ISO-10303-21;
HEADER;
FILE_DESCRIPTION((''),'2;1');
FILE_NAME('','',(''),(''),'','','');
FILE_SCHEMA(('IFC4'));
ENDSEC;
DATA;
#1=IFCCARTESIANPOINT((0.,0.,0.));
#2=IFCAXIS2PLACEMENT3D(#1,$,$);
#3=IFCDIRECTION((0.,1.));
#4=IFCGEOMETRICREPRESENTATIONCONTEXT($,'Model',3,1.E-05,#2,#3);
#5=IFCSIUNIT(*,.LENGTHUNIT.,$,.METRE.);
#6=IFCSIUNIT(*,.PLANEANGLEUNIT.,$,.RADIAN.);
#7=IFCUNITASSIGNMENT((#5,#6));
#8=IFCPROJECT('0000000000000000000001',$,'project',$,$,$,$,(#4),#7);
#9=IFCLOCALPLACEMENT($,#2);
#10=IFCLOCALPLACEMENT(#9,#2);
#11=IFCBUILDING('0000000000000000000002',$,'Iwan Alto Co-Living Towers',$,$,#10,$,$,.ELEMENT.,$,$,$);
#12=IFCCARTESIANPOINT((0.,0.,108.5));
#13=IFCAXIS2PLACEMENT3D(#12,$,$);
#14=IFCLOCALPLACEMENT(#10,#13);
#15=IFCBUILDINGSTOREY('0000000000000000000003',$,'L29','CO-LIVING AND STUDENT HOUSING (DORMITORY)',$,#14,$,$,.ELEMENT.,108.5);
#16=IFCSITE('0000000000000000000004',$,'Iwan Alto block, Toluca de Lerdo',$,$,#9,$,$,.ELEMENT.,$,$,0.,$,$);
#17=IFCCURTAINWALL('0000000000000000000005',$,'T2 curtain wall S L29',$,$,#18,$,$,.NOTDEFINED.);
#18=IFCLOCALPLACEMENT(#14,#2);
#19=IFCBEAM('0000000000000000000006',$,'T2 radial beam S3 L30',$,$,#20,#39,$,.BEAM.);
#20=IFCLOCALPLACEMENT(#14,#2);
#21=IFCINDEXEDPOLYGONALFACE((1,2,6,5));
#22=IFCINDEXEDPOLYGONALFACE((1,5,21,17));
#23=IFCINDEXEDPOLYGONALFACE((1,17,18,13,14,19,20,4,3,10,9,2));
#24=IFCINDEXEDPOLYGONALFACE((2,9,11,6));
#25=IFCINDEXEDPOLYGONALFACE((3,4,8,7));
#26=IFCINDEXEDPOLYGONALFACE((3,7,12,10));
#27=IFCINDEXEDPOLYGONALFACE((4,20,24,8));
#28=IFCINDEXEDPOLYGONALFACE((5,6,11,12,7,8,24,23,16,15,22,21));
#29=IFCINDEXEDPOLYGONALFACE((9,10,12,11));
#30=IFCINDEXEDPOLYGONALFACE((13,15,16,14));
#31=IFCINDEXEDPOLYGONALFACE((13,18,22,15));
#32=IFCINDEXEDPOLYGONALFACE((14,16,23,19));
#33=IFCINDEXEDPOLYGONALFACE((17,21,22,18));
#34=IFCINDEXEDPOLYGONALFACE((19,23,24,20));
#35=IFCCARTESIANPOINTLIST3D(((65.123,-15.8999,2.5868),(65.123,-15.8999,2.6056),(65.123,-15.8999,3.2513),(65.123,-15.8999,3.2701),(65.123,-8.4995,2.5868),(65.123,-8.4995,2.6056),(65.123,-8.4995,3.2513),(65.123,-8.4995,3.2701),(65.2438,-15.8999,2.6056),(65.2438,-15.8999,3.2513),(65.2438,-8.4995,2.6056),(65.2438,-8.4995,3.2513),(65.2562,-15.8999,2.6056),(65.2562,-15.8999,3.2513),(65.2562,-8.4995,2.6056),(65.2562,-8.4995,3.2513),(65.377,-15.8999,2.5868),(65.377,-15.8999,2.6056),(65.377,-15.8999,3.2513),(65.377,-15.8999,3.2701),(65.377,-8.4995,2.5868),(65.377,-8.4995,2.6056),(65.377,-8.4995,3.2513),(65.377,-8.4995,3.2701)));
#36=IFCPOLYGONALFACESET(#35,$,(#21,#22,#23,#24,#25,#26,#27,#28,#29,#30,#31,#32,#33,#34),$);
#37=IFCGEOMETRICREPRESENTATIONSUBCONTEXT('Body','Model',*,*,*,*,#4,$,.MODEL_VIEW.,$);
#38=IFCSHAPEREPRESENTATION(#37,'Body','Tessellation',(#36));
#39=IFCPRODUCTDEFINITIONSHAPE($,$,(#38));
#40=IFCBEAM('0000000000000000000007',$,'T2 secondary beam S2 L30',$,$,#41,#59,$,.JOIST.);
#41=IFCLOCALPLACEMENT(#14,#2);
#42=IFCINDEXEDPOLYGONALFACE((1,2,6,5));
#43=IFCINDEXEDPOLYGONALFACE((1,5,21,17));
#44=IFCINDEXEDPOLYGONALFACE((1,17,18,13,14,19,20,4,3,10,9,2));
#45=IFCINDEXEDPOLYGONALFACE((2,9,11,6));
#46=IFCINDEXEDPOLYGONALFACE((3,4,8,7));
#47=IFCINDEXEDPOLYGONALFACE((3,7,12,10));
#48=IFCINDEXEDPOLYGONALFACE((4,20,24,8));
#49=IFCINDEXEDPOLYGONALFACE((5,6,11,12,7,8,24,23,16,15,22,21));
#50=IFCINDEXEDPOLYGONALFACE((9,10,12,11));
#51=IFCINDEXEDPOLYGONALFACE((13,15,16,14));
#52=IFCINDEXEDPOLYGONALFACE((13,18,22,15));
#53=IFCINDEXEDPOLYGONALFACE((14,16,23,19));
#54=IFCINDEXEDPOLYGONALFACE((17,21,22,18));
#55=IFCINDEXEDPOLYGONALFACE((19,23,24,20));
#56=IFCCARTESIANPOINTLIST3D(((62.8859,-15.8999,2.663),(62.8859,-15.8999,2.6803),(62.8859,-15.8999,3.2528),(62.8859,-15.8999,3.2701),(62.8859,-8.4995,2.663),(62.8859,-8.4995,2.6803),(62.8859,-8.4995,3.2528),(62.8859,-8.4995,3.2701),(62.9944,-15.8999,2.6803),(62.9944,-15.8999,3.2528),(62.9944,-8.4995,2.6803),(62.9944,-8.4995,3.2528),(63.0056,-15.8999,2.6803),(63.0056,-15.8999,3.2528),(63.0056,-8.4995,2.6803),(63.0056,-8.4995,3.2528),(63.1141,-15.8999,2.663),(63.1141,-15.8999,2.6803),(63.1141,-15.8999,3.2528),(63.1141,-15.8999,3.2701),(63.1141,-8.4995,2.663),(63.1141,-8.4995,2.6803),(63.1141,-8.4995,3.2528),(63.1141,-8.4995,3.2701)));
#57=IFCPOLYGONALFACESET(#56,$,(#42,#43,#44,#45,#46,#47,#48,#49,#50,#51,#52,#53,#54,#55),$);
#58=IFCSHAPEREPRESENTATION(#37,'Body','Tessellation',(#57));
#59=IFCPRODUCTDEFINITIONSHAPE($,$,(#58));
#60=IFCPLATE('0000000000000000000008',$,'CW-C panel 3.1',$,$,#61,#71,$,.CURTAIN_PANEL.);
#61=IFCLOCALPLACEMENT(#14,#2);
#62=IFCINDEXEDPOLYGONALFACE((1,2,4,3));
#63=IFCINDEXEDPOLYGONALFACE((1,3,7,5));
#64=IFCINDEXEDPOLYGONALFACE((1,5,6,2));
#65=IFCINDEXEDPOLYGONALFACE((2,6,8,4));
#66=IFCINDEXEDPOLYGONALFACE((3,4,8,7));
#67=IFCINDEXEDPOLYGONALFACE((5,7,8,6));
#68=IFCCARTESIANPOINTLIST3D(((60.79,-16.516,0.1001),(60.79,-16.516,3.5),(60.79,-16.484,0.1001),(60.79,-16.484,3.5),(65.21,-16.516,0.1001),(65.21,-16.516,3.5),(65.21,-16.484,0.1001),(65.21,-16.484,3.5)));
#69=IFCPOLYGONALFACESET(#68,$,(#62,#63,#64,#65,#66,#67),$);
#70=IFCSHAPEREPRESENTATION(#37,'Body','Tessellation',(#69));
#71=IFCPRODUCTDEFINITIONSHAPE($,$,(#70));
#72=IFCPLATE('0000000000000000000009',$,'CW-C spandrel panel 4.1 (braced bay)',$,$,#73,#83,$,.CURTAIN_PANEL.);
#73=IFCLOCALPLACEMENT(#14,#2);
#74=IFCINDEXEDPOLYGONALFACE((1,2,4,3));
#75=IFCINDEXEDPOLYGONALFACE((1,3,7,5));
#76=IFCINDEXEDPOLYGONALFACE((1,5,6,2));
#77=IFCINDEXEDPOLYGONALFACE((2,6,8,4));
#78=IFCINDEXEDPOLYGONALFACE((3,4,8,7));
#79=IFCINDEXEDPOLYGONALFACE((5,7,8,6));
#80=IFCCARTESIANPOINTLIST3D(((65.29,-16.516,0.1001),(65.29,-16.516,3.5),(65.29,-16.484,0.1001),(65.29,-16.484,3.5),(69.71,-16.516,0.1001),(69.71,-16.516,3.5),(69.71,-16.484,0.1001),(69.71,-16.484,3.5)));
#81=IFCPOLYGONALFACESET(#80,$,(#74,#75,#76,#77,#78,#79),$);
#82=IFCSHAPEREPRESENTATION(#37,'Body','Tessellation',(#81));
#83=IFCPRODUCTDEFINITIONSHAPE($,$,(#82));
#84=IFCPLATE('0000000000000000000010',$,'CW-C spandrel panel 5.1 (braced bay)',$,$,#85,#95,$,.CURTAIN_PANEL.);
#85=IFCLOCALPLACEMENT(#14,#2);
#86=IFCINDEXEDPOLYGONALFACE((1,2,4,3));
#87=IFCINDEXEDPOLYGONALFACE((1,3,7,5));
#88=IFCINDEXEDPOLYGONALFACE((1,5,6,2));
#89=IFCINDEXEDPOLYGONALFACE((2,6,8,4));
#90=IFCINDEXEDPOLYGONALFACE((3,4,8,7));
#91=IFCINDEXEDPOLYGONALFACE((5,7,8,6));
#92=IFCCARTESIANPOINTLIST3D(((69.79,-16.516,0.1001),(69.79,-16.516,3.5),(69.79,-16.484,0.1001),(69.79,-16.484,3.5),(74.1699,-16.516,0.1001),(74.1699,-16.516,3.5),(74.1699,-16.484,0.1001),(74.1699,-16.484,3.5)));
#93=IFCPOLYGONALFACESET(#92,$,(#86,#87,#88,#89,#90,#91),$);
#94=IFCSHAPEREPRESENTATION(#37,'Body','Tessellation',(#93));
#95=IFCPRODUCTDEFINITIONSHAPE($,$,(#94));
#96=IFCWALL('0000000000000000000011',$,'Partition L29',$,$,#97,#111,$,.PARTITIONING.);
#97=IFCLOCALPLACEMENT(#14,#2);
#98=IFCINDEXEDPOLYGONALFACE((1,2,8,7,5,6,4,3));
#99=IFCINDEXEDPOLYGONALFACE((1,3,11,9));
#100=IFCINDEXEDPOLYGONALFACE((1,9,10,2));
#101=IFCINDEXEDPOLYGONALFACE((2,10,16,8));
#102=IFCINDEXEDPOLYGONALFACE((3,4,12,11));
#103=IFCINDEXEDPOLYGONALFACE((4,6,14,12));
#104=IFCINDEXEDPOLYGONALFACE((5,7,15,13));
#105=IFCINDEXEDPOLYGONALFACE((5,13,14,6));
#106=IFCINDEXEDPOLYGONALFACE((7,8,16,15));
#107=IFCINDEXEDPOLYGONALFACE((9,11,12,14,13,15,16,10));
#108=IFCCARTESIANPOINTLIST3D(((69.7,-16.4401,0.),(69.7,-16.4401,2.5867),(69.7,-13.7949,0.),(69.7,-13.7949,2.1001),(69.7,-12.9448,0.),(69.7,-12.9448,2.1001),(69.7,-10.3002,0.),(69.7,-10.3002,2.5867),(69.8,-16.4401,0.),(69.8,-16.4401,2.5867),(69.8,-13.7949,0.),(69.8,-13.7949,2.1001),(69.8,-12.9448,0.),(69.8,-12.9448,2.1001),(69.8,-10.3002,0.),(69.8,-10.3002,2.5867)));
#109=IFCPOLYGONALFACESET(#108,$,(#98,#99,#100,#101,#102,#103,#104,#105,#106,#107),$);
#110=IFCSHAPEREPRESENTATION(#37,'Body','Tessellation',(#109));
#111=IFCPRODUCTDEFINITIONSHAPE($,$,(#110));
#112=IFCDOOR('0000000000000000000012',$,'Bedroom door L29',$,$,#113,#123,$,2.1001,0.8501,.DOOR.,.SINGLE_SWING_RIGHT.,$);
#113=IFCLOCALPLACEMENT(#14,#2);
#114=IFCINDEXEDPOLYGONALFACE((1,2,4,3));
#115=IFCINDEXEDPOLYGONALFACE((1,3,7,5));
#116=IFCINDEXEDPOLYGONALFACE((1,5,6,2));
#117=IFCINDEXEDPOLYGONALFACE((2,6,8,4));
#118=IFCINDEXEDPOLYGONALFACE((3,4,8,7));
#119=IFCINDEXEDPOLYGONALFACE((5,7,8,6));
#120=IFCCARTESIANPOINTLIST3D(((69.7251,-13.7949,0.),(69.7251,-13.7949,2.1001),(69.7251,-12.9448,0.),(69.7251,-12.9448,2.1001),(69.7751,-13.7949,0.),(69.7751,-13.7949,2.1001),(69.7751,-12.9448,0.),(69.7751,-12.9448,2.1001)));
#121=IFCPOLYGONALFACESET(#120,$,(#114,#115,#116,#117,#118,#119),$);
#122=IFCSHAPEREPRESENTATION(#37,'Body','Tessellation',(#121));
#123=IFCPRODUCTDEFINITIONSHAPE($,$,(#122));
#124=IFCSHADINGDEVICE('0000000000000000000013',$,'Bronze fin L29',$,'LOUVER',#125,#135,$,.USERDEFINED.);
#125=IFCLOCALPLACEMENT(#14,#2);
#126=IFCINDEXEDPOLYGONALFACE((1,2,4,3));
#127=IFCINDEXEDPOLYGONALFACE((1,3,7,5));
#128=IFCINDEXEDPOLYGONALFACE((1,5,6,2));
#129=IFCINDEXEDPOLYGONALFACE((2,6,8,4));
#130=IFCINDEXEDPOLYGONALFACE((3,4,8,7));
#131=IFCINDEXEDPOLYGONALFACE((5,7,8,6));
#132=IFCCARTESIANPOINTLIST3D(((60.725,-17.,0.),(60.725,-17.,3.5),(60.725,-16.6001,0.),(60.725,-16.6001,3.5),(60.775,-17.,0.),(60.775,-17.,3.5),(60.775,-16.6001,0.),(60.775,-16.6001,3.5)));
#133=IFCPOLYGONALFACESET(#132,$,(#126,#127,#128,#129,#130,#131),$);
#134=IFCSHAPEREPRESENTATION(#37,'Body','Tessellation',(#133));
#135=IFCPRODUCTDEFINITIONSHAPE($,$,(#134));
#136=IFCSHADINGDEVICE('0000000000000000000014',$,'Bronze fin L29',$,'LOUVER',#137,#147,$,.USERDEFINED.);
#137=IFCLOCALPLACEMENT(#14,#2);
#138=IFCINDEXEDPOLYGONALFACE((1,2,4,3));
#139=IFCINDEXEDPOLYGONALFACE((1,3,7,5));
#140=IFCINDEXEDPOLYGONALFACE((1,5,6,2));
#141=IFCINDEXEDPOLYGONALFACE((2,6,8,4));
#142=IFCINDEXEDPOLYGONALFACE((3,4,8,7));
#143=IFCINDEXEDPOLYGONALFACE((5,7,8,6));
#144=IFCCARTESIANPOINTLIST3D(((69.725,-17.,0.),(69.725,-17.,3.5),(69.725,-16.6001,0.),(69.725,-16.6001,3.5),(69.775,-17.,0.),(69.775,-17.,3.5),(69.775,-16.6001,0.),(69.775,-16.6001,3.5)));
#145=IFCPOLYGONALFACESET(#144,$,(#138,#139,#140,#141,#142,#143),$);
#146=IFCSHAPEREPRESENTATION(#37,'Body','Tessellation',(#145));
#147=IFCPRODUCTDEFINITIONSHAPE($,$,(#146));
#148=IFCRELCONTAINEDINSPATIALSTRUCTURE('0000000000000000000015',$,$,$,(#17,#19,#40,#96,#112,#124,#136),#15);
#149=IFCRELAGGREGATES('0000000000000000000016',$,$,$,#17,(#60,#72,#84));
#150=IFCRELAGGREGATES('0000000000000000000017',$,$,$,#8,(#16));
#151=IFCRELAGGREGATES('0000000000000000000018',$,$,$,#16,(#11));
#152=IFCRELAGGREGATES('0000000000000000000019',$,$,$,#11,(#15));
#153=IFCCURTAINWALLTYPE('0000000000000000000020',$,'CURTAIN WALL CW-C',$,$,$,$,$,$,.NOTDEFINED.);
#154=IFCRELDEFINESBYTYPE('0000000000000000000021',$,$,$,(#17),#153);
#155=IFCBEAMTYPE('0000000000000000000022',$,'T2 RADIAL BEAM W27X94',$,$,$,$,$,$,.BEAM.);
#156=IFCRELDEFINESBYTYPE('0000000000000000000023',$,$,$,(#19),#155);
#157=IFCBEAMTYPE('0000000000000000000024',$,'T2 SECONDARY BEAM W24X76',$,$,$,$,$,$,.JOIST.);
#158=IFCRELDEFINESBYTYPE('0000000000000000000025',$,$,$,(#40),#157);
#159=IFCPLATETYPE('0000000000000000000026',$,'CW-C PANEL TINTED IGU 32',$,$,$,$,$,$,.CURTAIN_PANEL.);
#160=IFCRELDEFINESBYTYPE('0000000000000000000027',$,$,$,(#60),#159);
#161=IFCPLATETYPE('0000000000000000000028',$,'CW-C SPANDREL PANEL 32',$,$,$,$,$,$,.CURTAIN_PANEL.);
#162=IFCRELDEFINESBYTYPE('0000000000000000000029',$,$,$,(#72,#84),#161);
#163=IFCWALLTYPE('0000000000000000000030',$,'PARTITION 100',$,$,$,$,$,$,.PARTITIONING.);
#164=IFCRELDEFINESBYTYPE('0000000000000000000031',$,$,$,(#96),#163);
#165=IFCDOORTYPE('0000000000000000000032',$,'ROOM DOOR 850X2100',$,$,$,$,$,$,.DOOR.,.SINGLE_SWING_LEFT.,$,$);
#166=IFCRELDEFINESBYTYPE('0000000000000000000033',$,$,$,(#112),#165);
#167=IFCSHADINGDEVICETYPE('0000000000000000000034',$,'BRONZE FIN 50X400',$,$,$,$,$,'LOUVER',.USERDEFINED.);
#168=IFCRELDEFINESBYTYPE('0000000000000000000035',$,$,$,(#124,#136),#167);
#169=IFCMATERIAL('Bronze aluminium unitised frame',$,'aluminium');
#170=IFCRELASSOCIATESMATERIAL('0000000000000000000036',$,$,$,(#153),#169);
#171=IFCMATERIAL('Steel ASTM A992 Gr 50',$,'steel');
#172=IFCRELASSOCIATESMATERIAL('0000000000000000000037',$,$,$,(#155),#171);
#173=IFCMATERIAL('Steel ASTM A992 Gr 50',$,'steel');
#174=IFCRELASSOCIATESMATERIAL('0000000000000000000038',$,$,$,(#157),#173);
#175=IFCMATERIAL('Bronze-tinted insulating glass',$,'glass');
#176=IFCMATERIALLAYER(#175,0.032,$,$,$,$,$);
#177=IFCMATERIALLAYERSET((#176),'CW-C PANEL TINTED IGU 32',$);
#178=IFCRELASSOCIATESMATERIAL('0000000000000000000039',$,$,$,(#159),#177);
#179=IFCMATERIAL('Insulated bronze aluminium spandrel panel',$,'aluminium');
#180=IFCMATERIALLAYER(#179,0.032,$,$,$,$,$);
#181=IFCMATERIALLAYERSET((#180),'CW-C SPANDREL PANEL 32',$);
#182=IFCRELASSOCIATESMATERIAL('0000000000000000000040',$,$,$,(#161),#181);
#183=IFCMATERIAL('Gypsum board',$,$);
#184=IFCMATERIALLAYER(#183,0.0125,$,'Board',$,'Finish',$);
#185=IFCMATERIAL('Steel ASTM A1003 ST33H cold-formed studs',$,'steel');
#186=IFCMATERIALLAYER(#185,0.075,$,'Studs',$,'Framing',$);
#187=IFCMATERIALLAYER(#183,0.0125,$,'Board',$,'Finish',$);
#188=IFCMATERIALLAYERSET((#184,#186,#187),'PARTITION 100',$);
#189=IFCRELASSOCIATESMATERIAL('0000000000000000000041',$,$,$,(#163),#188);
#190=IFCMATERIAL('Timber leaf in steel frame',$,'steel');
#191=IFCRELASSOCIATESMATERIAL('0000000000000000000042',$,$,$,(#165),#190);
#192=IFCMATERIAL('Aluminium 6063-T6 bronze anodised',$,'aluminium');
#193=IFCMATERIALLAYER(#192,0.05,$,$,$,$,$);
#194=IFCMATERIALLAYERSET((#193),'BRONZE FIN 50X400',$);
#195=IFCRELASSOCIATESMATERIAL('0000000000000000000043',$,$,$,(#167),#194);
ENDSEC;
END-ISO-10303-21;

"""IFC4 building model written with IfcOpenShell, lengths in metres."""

from ifc_helpers import new_model, si_unit, direction, frame, frame_2d, origin, origin_2d, place, context, subcontext, project, spatial, rectangle, i_section, extrude, material, layer, layer_set, material_profile, profile_set, type_object, element, fill, aggregate, save


model = new_model("IFC4")

# Units and contexts
model_context = context("Model", 3, precision=1e-05, world=origin(), true_north=direction((0.0, 1.0)))
body_context = subcontext(model_context, "Body", "Model", "MODEL_VIEW")
ifc_project = project(units=[si_unit("LENGTHUNIT", "METRE"), si_unit("PLANEANGLEUNIT", "RADIAN")], contexts=[model_context])

# Site, building, storey
site_placement = place(None, origin())
site = spatial("IfcSite", under=ifc_project, at=site_placement, Name="Iwan Alto block, Toluca de Lerdo", CompositionType="ELEMENT", RefElevation=0.0)
building_placement = place(site_placement, origin())
building = spatial("IfcBuilding", under=site, at=building_placement, Name="Iwan Alto Co-Living Towers", CompositionType="ELEMENT")
storey_placement = place(building_placement, frame((0.0, 0.0, 108.5)))
storey = spatial("IfcBuildingStorey", under=building, at=storey_placement, Name="L29", Description="CO-LIVING AND STUDENT HOUSING (DORMITORY)", CompositionType="ELEMENT", Elevation=108.5)

# Curtain wall
ifc_material_1 = material(Name="Bronze aluminium unitised frame", Category="aluminium")
curtain_wall_type = type_object("IfcCurtainWallType", Name="CURTAIN WALL CW-C", PredefinedType="NOTDEFINED", material=ifc_material_1)
curtain_wall_placement = place(storey_placement, origin())
curtain_wall = element("IfcCurtainWall", 1, at=curtain_wall_placement, inside=storey, type_object=curtain_wall_type, Name="T2 curtain wall S L29", PredefinedType="NOTDEFINED")

# Beams
ifc_material_2 = material(Name="Steel ASTM A992 Gr 50", Category="steel")
ifc_material_profile_1 = material_profile(ifc_material_2, i_section(OverallWidth=0.2539, OverallDepth=0.6833, WebThickness=0.0125, FlangeThickness=0.0188, at=origin_2d()), Name="W27X94")
ifc_profile_set_1 = profile_set([ifc_material_profile_1], Name="Steel ASTM A992 Gr 50")
beam_type_1 = type_object("IfcBeamType", Name="T2 RADIAL BEAM W27X94", PredefinedType="BEAM", material=ifc_profile_set_1)
for number, where, z_axis, x_axis, name in (
    (2, (65.25, -15.8999, 2.9285), (0.0, 1.0, 0.0), (-1.0, 0.0, 0.0), "T2 radial beam S3 L30"),
):
    element("IfcBeam", number, at=place(storey_placement, frame(where, z_axis=z_axis, x_axis=x_axis)), inside=storey, type_object=beam_type_1, Name=name, PredefinedType="BEAM", context=body_context, shape_type="SweptSolid", body=[
        extrude(i_section(OverallWidth=0.2539, OverallDepth=0.6833, WebThickness=0.0125, FlangeThickness=0.0188, at=origin_2d()), origin(), (0.0, 0.0, 1.0), 7.4004),
    ])
ifc_material_3 = material(Name="Steel ASTM A992 Gr 50", Category="steel")
ifc_material_profile_2 = material_profile(ifc_material_3, i_section(OverallWidth=0.2283, OverallDepth=0.6072, WebThickness=0.0112, FlangeThickness=0.0173, at=origin_2d()), Name="W24X76")
ifc_profile_set_2 = profile_set([ifc_material_profile_2], Name="Steel ASTM A992 Gr 50")
beam_type_2 = type_object("IfcBeamType", Name="T2 SECONDARY BEAM W24X76", PredefinedType="JOIST", material=ifc_profile_set_2)
beam_placement = place(storey_placement, frame((63.0, -15.8999, 2.9666), z_axis=(0.0, 1.0, 0.0), x_axis=(-1.0, 0.0, 0.0)))
element("IfcBeam", 3, at=beam_placement, inside=storey, type_object=beam_type_2, Name="T2 secondary beam S2 L30", PredefinedType="JOIST", context=body_context, shape_type="SweptSolid", body=[
    extrude(i_section(OverallWidth=0.2283, OverallDepth=0.6072, WebThickness=0.0112, FlangeThickness=0.0173, at=origin_2d()), origin(), (0.0, 0.0, 1.0), 7.4004),
])

# Plates
ifc_material_4 = material(Name="Bronze-tinted insulating glass", Category="glass")
ifc_layer_1 = layer(ifc_material_4, 0.032)
ifc_layer_set_1 = layer_set([ifc_layer_1], Name="CW-C PANEL TINTED IGU 32")
plate_type_1 = type_object("IfcPlateType", Name="CW-C PANEL TINTED IGU 32", PredefinedType="CURTAIN_PANEL", material=ifc_layer_set_1)
plate_1_placement = place(storey_placement, frame((63.0, -16.5, 0.1001), z_axis=(0.0, 0.0, 1.0), x_axis=(1.0, 0.0, 0.0)))
plate_1 = element("IfcPlate", 4, at=plate_1_placement, type_object=plate_type_1, Name="CW-C panel 3.1", PredefinedType="CURTAIN_PANEL", context=body_context, shape_type="SweptSolid", body=[
    extrude(rectangle(XDim=4.4199, YDim=0.032, at=origin_2d()), origin(), (0.0, 0.0, 1.0), 3.3999),
])
ifc_material_5 = material(Name="Insulated bronze aluminium spandrel panel", Category="aluminium")
ifc_layer_2 = layer(ifc_material_5, 0.032)
ifc_layer_set_2 = layer_set([ifc_layer_2], Name="CW-C SPANDREL PANEL 32")
plate_type_2 = type_object("IfcPlateType", Name="CW-C SPANDREL PANEL 32", PredefinedType="CURTAIN_PANEL", material=ifc_layer_set_2)
plate_2_placement = place(storey_placement, frame((67.5, -16.5, 0.1001), z_axis=(0.0, 0.0, 1.0), x_axis=(1.0, 0.0, 0.0)))
plate_2 = element("IfcPlate", 5, at=plate_2_placement, type_object=plate_type_2, Name="CW-C spandrel panel 4.1 (braced bay)", PredefinedType="CURTAIN_PANEL", context=body_context, shape_type="SweptSolid", body=[
    extrude(rectangle(XDim=4.4199, YDim=0.032, at=origin_2d()), origin(), (0.0, 0.0, 1.0), 3.3999),
])
plate_3_placement = place(storey_placement, frame((71.98, -16.5, 0.1001), z_axis=(0.0, 0.0, 1.0), x_axis=(1.0, 0.0, 0.0)))
plate_3 = element("IfcPlate", 6, at=plate_3_placement, type_object=plate_type_2, Name="CW-C spandrel panel 5.1 (braced bay)", PredefinedType="CURTAIN_PANEL", context=body_context, shape_type="SweptSolid", body=[
    extrude(rectangle(XDim=4.3799, YDim=0.032, at=origin_2d()), origin(), (0.0, 0.0, 1.0), 3.3999),
])
aggregate(curtain_wall, [plate_1, plate_2, plate_3])

# Wall, opening, door
ifc_material_6 = material(Name="Gypsum board")
ifc_layer_3 = layer(ifc_material_6, 0.0125, Name="Board", Category="Finish")
ifc_material_7 = material(Name="Steel ASTM A1003 ST33H cold-formed studs", Category="steel")
ifc_layer_4 = layer(ifc_material_7, 0.075, Name="Studs", Category="Framing")
ifc_layer_5 = layer(ifc_material_6, 0.0125, Name="Board", Category="Finish")
ifc_layer_set_3 = layer_set([ifc_layer_3, ifc_layer_4, ifc_layer_5], Name="PARTITION 100")
wall_type = type_object("IfcWallType", Name="PARTITION 100", PredefinedType="PARTITIONING", material=ifc_layer_set_3)
wall_placement = place(storey_placement, frame((69.75, -16.4399, 0.0), z_axis=(0.0, 0.0, 1.0), x_axis=(0.0, 1.0, 0.0)))
wall = element("IfcWall", 7, at=wall_placement, inside=storey, type_object=wall_type, Name="Partition L29", PredefinedType="PARTITIONING", context=body_context, shape_type="SweptSolid", body=[
    extrude(rectangle(XDim=6.1399, YDim=0.1001, at=frame_2d((3.0698, 0.0))), origin(), (0.0, 0.0, 1.0), 2.5867),
])
opening_placement = place(wall_placement, frame((2.645, 0.0, 0.0)))
opening = element("IfcOpeningElement", 8, at=opening_placement, cuts=wall, PredefinedType="OPENING", context=body_context, shape_type="SweptSolid", body=[
    extrude(rectangle(XDim=0.8501, YDim=2.1001, at=frame_2d((0.425, 1.05))), frame((0.0, 0.0601, 0.0), z_axis=(0.0, -1.0, 0.0), x_axis=(1.0, 0.0, 0.0)), (0.0, 0.0, 1.0), 0.1201),
])
ifc_material_8 = material(Name="Timber leaf in steel frame", Category="steel")
door_type = type_object("IfcDoorType", Name="ROOM DOOR 850X2100", OperationType="SINGLE_SWING_LEFT", PredefinedType="DOOR", material=ifc_material_8)
door_placement = place(opening_placement, origin())
door = element("IfcDoor", 9, at=door_placement, inside=storey, type_object=door_type, Name="Bedroom door L29", OperationType="SINGLE_SWING_RIGHT", OverallHeight=2.1001, OverallWidth=0.8501, PredefinedType="DOOR", context=body_context, shape_type="SweptSolid", body=[
    extrude(rectangle(XDim=0.8501, YDim=2.1001, at=frame_2d((0.425, 1.05))), frame((0.0, 0.0249, 0.0), z_axis=(0.0, -1.0, 0.0), x_axis=(1.0, 0.0, 0.0)), (0.0, 0.0, 1.0), 0.05),
])
fill(opening, door)

# Shading devices
ifc_material_9 = material(Name="Aluminium 6063-T6 bronze anodised", Category="aluminium")
ifc_layer_6 = layer(ifc_material_9, 0.05)
ifc_layer_set_4 = layer_set([ifc_layer_6], Name="BRONZE FIN 50X400")
shading_device_type = type_object("IfcShadingDeviceType", Name="BRONZE FIN 50X400", ElementType="LOUVER", PredefinedType="USERDEFINED", material=ifc_layer_set_4)
for number, where, z_axis, x_axis, name in (
    (10, (60.75, -16.8, 0.0), (0.0, 0.0, 1.0), (1.0, 0.0, 0.0), "Bronze fin L29"),
    (11, (69.75, -16.8, 0.0), (0.0, 0.0, 1.0), (1.0, 0.0, 0.0), "Bronze fin L29"),
):
    element("IfcShadingDevice", number, at=place(storey_placement, frame(where, z_axis=z_axis, x_axis=x_axis)), inside=storey, type_object=shading_device_type, Name=name, ObjectType="LOUVER", PredefinedType="USERDEFINED", context=body_context, shape_type="SweptSolid", body=[
        extrude(rectangle(XDim=0.05, YDim=0.3999, at=origin_2d()), origin(), (0.0, 0.0, 1.0), 3.5),
    ])

save(model, "model.ifc")
